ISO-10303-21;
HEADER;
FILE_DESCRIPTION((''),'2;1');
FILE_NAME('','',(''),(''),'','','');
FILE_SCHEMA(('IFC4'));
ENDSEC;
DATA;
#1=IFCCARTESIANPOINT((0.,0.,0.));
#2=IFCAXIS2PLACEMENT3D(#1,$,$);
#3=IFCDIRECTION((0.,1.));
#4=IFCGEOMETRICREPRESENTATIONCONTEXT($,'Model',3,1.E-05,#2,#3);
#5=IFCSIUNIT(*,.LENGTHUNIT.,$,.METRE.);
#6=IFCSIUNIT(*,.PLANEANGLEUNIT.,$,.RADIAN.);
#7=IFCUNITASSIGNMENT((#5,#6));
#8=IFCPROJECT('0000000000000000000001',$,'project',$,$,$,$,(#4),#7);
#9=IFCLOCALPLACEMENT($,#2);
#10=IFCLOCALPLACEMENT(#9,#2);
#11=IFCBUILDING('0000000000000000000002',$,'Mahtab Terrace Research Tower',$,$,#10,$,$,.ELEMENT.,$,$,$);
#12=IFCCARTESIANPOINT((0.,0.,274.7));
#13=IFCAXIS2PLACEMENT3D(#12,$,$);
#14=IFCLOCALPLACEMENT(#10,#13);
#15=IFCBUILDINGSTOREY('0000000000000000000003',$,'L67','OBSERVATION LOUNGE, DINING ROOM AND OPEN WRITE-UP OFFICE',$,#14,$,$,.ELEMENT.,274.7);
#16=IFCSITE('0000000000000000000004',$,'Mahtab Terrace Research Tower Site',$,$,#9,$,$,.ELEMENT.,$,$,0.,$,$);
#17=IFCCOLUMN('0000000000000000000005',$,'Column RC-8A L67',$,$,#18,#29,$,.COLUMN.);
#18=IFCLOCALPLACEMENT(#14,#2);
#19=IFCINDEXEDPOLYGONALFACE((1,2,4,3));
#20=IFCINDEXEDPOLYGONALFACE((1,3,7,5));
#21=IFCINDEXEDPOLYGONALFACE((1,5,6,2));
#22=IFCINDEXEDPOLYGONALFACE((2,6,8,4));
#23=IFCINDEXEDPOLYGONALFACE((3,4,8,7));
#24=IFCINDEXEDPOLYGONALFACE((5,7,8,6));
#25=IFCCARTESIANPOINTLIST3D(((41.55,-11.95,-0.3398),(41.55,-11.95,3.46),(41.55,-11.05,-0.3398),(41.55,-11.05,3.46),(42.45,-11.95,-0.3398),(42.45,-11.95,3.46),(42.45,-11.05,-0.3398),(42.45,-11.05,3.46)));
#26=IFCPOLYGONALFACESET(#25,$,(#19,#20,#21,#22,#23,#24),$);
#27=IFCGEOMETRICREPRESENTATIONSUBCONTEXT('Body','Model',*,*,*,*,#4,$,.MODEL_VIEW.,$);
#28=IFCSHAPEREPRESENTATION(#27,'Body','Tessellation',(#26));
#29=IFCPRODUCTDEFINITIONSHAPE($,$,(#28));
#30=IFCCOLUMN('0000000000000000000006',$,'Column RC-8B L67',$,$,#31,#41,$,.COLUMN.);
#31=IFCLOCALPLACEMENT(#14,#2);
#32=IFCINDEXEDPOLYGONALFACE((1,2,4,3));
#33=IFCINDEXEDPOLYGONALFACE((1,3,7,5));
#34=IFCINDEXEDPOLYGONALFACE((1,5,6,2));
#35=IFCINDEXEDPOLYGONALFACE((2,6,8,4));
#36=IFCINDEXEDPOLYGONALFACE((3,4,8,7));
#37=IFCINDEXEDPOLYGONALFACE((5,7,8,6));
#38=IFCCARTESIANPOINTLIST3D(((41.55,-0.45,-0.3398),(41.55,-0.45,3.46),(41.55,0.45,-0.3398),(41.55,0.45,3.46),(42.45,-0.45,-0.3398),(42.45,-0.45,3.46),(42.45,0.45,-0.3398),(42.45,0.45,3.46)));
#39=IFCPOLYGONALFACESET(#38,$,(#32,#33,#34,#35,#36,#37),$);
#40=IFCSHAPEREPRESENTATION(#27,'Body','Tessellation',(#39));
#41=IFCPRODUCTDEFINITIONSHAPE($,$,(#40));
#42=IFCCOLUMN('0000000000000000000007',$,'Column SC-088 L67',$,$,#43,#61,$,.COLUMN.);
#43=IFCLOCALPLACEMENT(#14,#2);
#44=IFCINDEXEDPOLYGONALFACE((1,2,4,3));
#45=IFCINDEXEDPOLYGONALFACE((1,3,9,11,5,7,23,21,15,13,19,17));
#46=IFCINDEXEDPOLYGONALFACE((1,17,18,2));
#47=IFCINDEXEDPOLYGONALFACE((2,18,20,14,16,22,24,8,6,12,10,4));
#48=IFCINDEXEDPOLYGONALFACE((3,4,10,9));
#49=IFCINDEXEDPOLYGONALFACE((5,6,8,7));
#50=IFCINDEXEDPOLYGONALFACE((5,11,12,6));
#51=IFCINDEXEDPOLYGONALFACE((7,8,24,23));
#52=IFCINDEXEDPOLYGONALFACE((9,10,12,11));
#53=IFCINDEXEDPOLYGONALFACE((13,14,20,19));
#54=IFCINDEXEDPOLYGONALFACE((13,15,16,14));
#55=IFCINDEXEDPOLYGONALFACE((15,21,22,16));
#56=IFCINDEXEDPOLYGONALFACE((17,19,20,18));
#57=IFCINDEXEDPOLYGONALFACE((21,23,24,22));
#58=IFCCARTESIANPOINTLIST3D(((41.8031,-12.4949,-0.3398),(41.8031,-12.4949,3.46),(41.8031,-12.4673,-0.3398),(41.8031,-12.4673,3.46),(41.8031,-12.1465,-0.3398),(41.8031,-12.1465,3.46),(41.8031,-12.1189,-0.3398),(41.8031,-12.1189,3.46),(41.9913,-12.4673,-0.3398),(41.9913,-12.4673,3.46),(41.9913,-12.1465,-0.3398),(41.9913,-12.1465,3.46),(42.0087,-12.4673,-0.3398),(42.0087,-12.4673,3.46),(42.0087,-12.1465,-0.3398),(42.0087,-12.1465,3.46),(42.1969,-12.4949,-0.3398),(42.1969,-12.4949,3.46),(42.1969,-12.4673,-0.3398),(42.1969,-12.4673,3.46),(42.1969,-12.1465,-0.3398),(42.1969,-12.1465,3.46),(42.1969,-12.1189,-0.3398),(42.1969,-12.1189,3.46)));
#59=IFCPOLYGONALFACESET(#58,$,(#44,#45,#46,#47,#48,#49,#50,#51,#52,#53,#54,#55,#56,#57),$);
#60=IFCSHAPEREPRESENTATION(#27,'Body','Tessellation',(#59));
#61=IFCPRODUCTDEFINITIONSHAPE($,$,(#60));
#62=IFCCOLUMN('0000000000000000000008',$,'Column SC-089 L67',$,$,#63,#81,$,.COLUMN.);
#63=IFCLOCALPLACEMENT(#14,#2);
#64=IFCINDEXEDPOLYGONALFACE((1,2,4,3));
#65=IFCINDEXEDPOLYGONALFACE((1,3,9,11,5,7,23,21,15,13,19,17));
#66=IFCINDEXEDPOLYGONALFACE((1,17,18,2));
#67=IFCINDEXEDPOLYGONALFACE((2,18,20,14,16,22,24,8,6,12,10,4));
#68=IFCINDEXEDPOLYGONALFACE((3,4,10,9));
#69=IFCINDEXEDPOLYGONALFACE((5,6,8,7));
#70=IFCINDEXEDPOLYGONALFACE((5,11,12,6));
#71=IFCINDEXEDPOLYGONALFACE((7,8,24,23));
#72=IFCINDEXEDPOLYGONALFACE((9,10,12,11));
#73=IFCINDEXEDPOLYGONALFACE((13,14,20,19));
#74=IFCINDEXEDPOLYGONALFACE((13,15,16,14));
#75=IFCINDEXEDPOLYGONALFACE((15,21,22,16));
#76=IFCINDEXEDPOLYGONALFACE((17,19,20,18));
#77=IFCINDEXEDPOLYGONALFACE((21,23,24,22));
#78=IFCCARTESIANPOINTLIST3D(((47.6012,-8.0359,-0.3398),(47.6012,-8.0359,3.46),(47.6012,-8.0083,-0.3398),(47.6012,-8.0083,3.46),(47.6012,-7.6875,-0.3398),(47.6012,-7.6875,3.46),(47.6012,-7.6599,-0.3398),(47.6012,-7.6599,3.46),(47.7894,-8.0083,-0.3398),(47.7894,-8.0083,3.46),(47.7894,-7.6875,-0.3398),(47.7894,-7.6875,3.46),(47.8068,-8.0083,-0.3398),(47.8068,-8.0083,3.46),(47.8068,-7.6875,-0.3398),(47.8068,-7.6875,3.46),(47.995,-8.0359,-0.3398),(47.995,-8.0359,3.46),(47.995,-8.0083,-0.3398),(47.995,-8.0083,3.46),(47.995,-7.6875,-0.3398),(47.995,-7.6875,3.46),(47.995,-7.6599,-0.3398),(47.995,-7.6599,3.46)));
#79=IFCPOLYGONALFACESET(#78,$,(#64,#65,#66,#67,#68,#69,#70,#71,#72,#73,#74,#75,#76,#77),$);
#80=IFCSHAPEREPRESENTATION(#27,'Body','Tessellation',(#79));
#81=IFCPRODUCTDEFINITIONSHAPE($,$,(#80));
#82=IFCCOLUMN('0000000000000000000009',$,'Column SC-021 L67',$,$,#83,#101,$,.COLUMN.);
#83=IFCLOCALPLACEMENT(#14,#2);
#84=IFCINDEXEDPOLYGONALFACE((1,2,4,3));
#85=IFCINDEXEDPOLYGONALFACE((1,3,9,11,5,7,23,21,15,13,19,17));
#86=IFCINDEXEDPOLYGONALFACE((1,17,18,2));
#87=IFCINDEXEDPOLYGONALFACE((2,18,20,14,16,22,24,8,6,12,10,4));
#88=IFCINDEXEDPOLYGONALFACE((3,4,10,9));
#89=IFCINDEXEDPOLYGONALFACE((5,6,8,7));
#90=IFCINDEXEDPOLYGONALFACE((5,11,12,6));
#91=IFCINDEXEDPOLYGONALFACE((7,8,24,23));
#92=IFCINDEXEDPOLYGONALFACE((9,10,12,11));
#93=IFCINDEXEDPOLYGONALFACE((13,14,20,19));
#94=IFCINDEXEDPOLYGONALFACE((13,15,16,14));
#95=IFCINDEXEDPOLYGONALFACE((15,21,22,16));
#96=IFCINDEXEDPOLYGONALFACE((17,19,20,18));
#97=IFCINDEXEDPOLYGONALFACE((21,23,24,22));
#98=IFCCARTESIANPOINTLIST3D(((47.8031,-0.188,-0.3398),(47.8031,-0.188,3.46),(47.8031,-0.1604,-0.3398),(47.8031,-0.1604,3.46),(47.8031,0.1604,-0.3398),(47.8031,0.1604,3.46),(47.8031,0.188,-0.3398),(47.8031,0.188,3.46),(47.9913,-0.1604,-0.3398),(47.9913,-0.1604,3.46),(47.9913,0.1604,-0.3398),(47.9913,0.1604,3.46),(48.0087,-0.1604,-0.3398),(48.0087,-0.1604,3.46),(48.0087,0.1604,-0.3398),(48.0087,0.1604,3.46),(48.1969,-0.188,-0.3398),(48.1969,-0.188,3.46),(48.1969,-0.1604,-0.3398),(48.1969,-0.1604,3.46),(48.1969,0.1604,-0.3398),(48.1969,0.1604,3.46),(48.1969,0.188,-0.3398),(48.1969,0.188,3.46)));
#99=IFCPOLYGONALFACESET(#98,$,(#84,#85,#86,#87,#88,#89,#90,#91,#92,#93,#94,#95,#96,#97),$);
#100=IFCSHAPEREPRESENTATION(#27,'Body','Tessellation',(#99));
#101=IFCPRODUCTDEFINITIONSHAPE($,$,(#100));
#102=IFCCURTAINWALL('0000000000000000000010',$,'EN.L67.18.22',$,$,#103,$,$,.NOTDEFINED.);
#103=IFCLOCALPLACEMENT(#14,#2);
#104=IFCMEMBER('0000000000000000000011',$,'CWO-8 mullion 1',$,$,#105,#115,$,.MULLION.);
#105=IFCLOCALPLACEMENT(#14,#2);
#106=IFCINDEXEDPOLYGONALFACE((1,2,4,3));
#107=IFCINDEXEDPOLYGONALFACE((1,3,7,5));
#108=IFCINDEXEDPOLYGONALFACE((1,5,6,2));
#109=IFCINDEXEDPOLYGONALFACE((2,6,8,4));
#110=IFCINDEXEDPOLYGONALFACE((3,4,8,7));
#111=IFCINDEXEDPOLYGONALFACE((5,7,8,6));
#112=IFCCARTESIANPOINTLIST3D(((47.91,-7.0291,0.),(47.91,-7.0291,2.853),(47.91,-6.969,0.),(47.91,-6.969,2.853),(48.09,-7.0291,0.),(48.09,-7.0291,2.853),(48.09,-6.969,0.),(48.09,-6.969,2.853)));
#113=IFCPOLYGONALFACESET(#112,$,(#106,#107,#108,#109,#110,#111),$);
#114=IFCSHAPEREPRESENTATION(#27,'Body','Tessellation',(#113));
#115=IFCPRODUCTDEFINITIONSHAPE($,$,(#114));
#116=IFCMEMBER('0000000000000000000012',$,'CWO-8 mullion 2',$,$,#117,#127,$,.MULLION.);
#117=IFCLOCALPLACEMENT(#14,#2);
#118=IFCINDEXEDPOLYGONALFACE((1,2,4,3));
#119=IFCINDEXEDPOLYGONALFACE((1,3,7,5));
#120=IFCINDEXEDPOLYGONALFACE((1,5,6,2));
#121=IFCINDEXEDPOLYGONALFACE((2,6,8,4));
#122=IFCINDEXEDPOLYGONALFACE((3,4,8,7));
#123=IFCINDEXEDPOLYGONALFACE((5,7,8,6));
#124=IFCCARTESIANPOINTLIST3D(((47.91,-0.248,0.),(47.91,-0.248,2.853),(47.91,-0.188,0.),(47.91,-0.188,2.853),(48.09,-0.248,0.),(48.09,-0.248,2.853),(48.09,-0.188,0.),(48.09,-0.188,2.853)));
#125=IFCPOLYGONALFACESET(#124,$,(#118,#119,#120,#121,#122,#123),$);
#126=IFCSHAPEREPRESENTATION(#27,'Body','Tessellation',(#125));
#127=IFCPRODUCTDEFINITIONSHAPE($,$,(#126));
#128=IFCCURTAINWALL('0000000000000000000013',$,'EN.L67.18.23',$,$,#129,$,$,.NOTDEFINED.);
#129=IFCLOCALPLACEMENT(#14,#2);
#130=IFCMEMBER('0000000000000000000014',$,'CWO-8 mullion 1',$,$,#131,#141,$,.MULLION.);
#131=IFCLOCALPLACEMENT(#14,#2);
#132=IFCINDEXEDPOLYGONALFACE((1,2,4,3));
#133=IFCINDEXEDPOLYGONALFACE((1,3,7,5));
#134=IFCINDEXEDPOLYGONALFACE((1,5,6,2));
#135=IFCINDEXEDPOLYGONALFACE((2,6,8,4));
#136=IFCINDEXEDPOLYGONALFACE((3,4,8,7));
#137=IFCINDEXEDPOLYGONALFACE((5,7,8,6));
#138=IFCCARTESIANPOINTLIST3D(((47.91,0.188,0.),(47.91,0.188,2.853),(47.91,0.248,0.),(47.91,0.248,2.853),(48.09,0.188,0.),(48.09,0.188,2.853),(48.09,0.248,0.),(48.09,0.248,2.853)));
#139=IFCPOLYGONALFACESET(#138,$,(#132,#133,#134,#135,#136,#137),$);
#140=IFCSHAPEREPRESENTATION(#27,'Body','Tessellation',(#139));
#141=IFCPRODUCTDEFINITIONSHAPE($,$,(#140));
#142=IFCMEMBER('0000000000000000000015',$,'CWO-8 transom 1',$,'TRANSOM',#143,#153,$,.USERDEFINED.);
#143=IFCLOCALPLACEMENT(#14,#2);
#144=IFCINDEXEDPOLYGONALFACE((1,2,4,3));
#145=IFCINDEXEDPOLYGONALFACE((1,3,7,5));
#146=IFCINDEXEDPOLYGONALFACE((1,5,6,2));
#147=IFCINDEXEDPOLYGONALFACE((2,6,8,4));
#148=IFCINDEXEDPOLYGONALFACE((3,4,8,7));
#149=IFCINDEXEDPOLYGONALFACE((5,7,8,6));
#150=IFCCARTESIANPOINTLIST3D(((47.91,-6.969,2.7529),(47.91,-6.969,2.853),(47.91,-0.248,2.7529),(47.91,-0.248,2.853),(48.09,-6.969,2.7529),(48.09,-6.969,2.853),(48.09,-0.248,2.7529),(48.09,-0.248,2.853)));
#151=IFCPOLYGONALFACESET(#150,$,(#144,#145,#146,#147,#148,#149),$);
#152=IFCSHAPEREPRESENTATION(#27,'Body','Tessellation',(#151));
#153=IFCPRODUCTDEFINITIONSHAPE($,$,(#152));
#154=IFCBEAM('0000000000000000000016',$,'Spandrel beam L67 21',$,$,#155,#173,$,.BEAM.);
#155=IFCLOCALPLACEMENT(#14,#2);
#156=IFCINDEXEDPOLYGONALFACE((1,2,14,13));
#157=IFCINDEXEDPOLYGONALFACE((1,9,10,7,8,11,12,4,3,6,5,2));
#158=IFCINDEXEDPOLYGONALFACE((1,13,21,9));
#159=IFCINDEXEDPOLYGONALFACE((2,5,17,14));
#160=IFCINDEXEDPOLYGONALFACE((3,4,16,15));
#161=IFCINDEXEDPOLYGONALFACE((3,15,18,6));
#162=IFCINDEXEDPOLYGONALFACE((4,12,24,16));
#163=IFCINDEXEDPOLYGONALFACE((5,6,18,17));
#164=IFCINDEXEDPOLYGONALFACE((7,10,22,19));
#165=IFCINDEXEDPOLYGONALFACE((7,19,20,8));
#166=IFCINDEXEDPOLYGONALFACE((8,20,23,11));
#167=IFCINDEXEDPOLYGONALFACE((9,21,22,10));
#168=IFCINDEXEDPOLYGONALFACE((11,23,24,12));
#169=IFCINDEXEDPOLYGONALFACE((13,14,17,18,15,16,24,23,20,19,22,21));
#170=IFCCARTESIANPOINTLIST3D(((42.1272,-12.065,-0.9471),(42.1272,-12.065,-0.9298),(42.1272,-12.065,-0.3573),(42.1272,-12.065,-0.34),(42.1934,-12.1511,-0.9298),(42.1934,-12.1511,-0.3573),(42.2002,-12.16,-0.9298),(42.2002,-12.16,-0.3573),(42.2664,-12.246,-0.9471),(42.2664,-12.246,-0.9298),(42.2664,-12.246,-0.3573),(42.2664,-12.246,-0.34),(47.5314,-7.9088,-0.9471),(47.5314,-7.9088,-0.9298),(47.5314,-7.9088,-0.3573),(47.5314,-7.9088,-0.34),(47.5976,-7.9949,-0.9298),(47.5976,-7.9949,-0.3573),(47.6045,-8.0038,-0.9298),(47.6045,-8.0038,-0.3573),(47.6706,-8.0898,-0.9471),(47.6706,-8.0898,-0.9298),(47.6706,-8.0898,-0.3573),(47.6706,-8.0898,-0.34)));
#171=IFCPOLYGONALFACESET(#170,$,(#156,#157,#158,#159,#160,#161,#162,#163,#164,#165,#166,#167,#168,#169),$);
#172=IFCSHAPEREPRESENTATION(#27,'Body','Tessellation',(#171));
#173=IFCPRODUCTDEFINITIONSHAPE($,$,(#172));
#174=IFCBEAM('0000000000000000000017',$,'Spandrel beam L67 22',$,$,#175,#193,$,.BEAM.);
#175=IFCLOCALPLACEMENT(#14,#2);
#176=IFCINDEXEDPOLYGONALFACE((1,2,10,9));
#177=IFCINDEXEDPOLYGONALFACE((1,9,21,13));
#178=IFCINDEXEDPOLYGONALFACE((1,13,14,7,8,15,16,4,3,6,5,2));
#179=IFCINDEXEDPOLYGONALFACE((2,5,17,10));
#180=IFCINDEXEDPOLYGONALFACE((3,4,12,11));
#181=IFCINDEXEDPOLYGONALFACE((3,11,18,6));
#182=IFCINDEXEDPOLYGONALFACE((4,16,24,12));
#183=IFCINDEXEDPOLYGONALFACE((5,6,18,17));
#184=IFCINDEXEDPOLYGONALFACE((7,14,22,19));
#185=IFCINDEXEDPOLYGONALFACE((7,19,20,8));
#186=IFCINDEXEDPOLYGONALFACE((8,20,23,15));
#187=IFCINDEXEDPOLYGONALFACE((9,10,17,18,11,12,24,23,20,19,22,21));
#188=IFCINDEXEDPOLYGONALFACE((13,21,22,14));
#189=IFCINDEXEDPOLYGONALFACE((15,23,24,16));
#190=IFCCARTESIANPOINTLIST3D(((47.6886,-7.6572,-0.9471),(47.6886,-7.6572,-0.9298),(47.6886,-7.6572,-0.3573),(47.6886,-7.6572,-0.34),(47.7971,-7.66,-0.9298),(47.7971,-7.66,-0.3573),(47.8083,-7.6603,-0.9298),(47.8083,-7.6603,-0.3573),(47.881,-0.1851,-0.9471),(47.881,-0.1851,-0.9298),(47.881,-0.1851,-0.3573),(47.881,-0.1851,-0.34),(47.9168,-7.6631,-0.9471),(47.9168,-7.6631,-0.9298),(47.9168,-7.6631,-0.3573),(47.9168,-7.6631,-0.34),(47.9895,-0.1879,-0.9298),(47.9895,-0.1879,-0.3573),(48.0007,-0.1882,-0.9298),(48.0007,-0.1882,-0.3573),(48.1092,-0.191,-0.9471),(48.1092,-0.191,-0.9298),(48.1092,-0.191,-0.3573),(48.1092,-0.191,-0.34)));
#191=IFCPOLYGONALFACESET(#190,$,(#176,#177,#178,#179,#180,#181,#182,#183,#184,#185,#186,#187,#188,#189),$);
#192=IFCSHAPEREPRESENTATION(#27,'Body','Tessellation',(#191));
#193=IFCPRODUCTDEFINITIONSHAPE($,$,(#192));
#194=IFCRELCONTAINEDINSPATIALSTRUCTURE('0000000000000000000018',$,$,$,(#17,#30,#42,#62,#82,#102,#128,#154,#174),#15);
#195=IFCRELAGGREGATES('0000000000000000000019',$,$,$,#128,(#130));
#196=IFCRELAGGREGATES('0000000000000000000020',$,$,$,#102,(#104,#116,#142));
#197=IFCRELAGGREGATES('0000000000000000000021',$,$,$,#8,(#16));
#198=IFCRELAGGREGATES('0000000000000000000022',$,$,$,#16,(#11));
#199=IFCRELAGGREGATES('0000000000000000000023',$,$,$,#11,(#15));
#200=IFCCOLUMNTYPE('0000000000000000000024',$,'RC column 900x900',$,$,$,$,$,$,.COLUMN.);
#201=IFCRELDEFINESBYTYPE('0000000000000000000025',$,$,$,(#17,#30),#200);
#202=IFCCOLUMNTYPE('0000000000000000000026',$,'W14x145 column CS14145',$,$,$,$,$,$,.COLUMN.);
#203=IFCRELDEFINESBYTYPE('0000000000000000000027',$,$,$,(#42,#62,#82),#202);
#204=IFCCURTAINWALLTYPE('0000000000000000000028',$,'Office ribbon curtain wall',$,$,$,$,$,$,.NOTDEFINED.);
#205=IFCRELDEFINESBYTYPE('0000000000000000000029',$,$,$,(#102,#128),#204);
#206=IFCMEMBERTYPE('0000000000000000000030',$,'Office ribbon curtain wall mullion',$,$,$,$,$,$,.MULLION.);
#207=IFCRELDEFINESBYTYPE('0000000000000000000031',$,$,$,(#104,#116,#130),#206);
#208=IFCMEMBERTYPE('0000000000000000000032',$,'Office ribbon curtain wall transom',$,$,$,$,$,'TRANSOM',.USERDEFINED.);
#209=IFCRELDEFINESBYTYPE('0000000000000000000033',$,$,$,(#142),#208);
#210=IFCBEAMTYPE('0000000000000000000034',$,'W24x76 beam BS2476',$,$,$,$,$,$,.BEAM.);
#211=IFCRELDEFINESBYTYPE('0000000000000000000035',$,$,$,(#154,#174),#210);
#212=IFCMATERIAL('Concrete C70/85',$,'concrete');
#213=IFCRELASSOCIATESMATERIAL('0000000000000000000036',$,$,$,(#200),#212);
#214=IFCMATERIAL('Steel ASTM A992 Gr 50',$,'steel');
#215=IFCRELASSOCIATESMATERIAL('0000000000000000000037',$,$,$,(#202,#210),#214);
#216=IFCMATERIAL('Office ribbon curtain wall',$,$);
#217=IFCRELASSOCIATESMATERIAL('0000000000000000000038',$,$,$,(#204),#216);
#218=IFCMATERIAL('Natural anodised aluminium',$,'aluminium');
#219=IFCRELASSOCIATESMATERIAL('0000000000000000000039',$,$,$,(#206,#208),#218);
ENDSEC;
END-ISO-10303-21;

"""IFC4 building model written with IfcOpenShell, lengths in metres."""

from ifc_helpers import new_model, si_unit, direction, frame, origin, origin_2d, place, context, subcontext, project, spatial, rectangle, i_section, extrude, material, material_profile, profile_set, type_object, element, aggregate, save


model = new_model("IFC4")

# Units and contexts
model_context = context("Model", 3, precision=1e-05, world=origin(), true_north=direction((0.0, 1.0)))
body_context = subcontext(model_context, "Body", "Model", "MODEL_VIEW")
ifc_project = project(units=[si_unit("LENGTHUNIT", "METRE"), si_unit("PLANEANGLEUNIT", "RADIAN")], contexts=[model_context])

# Site, building, storey
site_placement = place(None, origin())
site = spatial("IfcSite", under=ifc_project, at=site_placement, Name="Mahtab Terrace Research Tower Site", CompositionType="ELEMENT", RefElevation=0.0)
building_placement = place(site_placement, origin())
building = spatial("IfcBuilding", under=site, at=building_placement, Name="Mahtab Terrace Research Tower", CompositionType="ELEMENT")
storey_placement = place(building_placement, frame((0.0, 0.0, 274.7)))
storey = spatial("IfcBuildingStorey", under=building, at=storey_placement, Name="L67", Description="OBSERVATION LOUNGE, DINING ROOM AND OPEN WRITE-UP OFFICE", CompositionType="ELEMENT", Elevation=274.7)

# Columns
ifc_material_1 = material(Name="Concrete C70/85", Category="concrete")
ifc_material_profile_1 = material_profile(ifc_material_1, rectangle(XDim=0.8999, YDim=0.8999, at=origin_2d()), Name="RC column 900x900")
ifc_profile_set_1 = profile_set([ifc_material_profile_1], Name="Concrete C70/85")
column_type_1 = type_object("IfcColumnType", Name="RC column 900x900", PredefinedType="COLUMN", material=ifc_profile_set_1)
for number, where, z_axis, x_axis, name in (
    (1, (42.0, -11.5, -0.3398), (0.0, 0.0, 1.0), (1.0, 0.0, 0.0), "Column RC-8A L67"),
    (2, (42.0, 0.0, -0.3398), (0.0, 0.0, 1.0), (1.0, 0.0, 0.0), "Column RC-8B L67"),
):
    element("IfcColumn", number, at=place(storey_placement, frame(where, z_axis=z_axis, x_axis=x_axis)), inside=storey, type_object=column_type_1, Name=name, PredefinedType="COLUMN", context=body_context, shape_type="SweptSolid", body=[
        extrude(rectangle(XDim=0.8999, YDim=0.8999, at=origin_2d()), origin(), (0.0, 0.0, 1.0), 3.7998),
    ])
ifc_material_2 = material(Name="Steel ASTM A992 Gr 50", Category="steel")
ifc_material_profile_2 = material_profile(ifc_material_2, i_section(OverallWidth=0.3938, OverallDepth=0.376, WebThickness=0.0173, FlangeThickness=0.0276, at=origin_2d()), Name="W14X145")
ifc_profile_set_2 = profile_set([ifc_material_profile_2], Name="Steel ASTM A992 Gr 50")
column_type_2 = type_object("IfcColumnType", Name="W14x145 column CS14145", PredefinedType="COLUMN", material=ifc_profile_set_2)
for number, where, z_axis, x_axis, name in (
    (3, (42.0, -12.3069, -0.3398), (0.0, 0.0, 1.0), (1.0, 0.0, 0.0), "Column SC-088 L67"),
    (4, (47.7981, -7.8479, -0.3398), (0.0, 0.0, 1.0), (1.0, 0.0, 0.0), "Column SC-089 L67"),
    (5, (48.0, 0.0, -0.3398), (0.0, 0.0, 1.0), (1.0, 0.0, 0.0), "Column SC-021 L67"),
):
    element("IfcColumn", number, at=place(storey_placement, frame(where, z_axis=z_axis, x_axis=x_axis)), inside=storey, type_object=column_type_2, Name=name, PredefinedType="COLUMN", context=body_context, shape_type="SweptSolid", body=[
        extrude(i_section(OverallWidth=0.3938, OverallDepth=0.376, WebThickness=0.0173, FlangeThickness=0.0276, at=origin_2d()), origin(), (0.0, 0.0, 1.0), 3.7998),
    ])

# Curtain wall, members
ifc_material_3 = material(Name="Office ribbon curtain wall")
curtain_wall_type = type_object("IfcCurtainWallType", Name="Office ribbon curtain wall", PredefinedType="NOTDEFINED", material=ifc_material_3)
curtain_wall_1_placement = place(storey_placement, origin())
curtain_wall_1 = element("IfcCurtainWall", 6, at=curtain_wall_1_placement, inside=storey, type_object=curtain_wall_type, Name="EN.L67.18.22", PredefinedType="NOTDEFINED")
ifc_material_4 = material(Name="Natural anodised aluminium", Category="aluminium")
ifc_material_profile_3 = material_profile(ifc_material_4, rectangle(XDim=0.1799, YDim=0.0601, at=origin_2d()), Name="MULLION 60x180")
ifc_profile_set_3 = profile_set([ifc_material_profile_3], Name="Natural anodised aluminium")
member_type_1 = type_object("IfcMemberType", Name="Office ribbon curtain wall mullion", PredefinedType="MULLION", material=ifc_profile_set_3)
member_1_placement = place(storey_placement, frame((48.0, -6.999, 0.0), z_axis=(0.0, 0.0, 1.0), x_axis=(-1.0, 0.0, 0.0)))
member_1 = element("IfcMember", 7, at=member_1_placement, type_object=member_type_1, Name="CWO-8 mullion 1", PredefinedType="MULLION", context=body_context, shape_type="SweptSolid", body=[
    extrude(rectangle(XDim=0.1799, YDim=0.0601, at=origin_2d()), origin(), (0.0, 0.0, 1.0), 2.853),
])
member_2_placement = place(storey_placement, frame((48.0, -0.218, 0.0), z_axis=(0.0, 0.0, 1.0), x_axis=(-1.0, 0.0, 0.0)))
member_2 = element("IfcMember", 8, at=member_2_placement, type_object=member_type_1, Name="CWO-8 mullion 2", PredefinedType="MULLION", context=body_context, shape_type="SweptSolid", body=[
    extrude(rectangle(XDim=0.1799, YDim=0.0601, at=origin_2d()), origin(), (0.0, 0.0, 1.0), 2.853),
])

# Curtain wall, member
curtain_wall_2_placement = place(storey_placement, origin())
curtain_wall_2 = element("IfcCurtainWall", 9, at=curtain_wall_2_placement, inside=storey, type_object=curtain_wall_type, Name="EN.L67.18.23", PredefinedType="NOTDEFINED")
member_3_placement = place(storey_placement, frame((48.0, 0.218, 0.0), z_axis=(0.0, 0.0, 1.0), x_axis=(-1.0, 0.0, 0.0)))
member_3 = element("IfcMember", 10, at=member_3_placement, type_object=member_type_1, Name="CWO-8 mullion 1", PredefinedType="MULLION", context=body_context, shape_type="SweptSolid", body=[
    extrude(rectangle(XDim=0.1799, YDim=0.0601, at=origin_2d()), origin(), (0.0, 0.0, 1.0), 2.853),
])
aggregate(curtain_wall_2, [member_3])

# Member
ifc_material_profile_4 = material_profile(ifc_material_4, rectangle(XDim=0.1799, YDim=0.1001, at=origin_2d()), Name="TRANSOM 100x180")
ifc_profile_set_4 = profile_set([ifc_material_profile_4], Name="Natural anodised aluminium")
member_type_2 = type_object("IfcMemberType", Name="Office ribbon curtain wall transom", ElementType="TRANSOM", PredefinedType="USERDEFINED", material=ifc_profile_set_4)
member_4_placement = place(storey_placement, frame((48.0, -6.969, 2.803), z_axis=(0.0, 1.0, 0.0), x_axis=(-1.0, 0.0, 0.0)))
member_4 = element("IfcMember", 11, at=member_4_placement, type_object=member_type_2, Name="CWO-8 transom 1", ObjectType="TRANSOM", PredefinedType="USERDEFINED", context=body_context, shape_type="SweptSolid", body=[
    extrude(rectangle(XDim=0.1799, YDim=0.1001, at=origin_2d()), origin(), (0.0, 0.0, 1.0), 6.7209),
])

# Beams
ifc_material_profile_5 = material_profile(ifc_material_2, i_section(OverallWidth=0.2283, OverallDepth=0.6072, WebThickness=0.0112, FlangeThickness=0.0173, at=origin_2d()), Name="W24X76")
ifc_profile_set_5 = profile_set([ifc_material_profile_5], Name="Steel ASTM A992 Gr 50")
beam_type = type_object("IfcBeamType", Name="W24x76 beam BS2476", PredefinedType="BEAM", material=ifc_profile_set_5)
beam_1_placement = place(storey_placement, frame((42.1968, -12.1555, -0.6436), z_axis=(0.792688, 0.609628, 0.0), x_axis=(-0.609628, 0.792688, 0.0)))
element("IfcBeam", 12, at=beam_1_placement, inside=storey, type_object=beam_type, Name="Spandrel beam L67 21", PredefinedType="BEAM", context=body_context, shape_type="SweptSolid", body=[
    extrude(i_section(OverallWidth=0.2283, OverallDepth=0.6072, WebThickness=0.0112, FlangeThickness=0.0173, at=origin_2d()), origin(), (0.0, 0.0, 1.0), 6.8176),
])
beam_2_placement = place(storey_placement, frame((47.8027, -7.6602, -0.6436), z_axis=(0.025738, 0.999669, 0.0), x_axis=(-0.999669, 0.025738, 0.0)))
element("IfcBeam", 13, at=beam_2_placement, inside=storey, type_object=beam_type, Name="Spandrel beam L67 22", PredefinedType="BEAM", context=body_context, shape_type="SweptSolid", body=[
    extrude(i_section(OverallWidth=0.2283, OverallDepth=0.6072, WebThickness=0.0112, FlangeThickness=0.0173, at=origin_2d()), origin(), (0.0, 0.0, 1.0), 7.4746),
])

aggregate(curtain_wall_1, [member_1, member_2, member_4])

save(model, "model.ifc")
